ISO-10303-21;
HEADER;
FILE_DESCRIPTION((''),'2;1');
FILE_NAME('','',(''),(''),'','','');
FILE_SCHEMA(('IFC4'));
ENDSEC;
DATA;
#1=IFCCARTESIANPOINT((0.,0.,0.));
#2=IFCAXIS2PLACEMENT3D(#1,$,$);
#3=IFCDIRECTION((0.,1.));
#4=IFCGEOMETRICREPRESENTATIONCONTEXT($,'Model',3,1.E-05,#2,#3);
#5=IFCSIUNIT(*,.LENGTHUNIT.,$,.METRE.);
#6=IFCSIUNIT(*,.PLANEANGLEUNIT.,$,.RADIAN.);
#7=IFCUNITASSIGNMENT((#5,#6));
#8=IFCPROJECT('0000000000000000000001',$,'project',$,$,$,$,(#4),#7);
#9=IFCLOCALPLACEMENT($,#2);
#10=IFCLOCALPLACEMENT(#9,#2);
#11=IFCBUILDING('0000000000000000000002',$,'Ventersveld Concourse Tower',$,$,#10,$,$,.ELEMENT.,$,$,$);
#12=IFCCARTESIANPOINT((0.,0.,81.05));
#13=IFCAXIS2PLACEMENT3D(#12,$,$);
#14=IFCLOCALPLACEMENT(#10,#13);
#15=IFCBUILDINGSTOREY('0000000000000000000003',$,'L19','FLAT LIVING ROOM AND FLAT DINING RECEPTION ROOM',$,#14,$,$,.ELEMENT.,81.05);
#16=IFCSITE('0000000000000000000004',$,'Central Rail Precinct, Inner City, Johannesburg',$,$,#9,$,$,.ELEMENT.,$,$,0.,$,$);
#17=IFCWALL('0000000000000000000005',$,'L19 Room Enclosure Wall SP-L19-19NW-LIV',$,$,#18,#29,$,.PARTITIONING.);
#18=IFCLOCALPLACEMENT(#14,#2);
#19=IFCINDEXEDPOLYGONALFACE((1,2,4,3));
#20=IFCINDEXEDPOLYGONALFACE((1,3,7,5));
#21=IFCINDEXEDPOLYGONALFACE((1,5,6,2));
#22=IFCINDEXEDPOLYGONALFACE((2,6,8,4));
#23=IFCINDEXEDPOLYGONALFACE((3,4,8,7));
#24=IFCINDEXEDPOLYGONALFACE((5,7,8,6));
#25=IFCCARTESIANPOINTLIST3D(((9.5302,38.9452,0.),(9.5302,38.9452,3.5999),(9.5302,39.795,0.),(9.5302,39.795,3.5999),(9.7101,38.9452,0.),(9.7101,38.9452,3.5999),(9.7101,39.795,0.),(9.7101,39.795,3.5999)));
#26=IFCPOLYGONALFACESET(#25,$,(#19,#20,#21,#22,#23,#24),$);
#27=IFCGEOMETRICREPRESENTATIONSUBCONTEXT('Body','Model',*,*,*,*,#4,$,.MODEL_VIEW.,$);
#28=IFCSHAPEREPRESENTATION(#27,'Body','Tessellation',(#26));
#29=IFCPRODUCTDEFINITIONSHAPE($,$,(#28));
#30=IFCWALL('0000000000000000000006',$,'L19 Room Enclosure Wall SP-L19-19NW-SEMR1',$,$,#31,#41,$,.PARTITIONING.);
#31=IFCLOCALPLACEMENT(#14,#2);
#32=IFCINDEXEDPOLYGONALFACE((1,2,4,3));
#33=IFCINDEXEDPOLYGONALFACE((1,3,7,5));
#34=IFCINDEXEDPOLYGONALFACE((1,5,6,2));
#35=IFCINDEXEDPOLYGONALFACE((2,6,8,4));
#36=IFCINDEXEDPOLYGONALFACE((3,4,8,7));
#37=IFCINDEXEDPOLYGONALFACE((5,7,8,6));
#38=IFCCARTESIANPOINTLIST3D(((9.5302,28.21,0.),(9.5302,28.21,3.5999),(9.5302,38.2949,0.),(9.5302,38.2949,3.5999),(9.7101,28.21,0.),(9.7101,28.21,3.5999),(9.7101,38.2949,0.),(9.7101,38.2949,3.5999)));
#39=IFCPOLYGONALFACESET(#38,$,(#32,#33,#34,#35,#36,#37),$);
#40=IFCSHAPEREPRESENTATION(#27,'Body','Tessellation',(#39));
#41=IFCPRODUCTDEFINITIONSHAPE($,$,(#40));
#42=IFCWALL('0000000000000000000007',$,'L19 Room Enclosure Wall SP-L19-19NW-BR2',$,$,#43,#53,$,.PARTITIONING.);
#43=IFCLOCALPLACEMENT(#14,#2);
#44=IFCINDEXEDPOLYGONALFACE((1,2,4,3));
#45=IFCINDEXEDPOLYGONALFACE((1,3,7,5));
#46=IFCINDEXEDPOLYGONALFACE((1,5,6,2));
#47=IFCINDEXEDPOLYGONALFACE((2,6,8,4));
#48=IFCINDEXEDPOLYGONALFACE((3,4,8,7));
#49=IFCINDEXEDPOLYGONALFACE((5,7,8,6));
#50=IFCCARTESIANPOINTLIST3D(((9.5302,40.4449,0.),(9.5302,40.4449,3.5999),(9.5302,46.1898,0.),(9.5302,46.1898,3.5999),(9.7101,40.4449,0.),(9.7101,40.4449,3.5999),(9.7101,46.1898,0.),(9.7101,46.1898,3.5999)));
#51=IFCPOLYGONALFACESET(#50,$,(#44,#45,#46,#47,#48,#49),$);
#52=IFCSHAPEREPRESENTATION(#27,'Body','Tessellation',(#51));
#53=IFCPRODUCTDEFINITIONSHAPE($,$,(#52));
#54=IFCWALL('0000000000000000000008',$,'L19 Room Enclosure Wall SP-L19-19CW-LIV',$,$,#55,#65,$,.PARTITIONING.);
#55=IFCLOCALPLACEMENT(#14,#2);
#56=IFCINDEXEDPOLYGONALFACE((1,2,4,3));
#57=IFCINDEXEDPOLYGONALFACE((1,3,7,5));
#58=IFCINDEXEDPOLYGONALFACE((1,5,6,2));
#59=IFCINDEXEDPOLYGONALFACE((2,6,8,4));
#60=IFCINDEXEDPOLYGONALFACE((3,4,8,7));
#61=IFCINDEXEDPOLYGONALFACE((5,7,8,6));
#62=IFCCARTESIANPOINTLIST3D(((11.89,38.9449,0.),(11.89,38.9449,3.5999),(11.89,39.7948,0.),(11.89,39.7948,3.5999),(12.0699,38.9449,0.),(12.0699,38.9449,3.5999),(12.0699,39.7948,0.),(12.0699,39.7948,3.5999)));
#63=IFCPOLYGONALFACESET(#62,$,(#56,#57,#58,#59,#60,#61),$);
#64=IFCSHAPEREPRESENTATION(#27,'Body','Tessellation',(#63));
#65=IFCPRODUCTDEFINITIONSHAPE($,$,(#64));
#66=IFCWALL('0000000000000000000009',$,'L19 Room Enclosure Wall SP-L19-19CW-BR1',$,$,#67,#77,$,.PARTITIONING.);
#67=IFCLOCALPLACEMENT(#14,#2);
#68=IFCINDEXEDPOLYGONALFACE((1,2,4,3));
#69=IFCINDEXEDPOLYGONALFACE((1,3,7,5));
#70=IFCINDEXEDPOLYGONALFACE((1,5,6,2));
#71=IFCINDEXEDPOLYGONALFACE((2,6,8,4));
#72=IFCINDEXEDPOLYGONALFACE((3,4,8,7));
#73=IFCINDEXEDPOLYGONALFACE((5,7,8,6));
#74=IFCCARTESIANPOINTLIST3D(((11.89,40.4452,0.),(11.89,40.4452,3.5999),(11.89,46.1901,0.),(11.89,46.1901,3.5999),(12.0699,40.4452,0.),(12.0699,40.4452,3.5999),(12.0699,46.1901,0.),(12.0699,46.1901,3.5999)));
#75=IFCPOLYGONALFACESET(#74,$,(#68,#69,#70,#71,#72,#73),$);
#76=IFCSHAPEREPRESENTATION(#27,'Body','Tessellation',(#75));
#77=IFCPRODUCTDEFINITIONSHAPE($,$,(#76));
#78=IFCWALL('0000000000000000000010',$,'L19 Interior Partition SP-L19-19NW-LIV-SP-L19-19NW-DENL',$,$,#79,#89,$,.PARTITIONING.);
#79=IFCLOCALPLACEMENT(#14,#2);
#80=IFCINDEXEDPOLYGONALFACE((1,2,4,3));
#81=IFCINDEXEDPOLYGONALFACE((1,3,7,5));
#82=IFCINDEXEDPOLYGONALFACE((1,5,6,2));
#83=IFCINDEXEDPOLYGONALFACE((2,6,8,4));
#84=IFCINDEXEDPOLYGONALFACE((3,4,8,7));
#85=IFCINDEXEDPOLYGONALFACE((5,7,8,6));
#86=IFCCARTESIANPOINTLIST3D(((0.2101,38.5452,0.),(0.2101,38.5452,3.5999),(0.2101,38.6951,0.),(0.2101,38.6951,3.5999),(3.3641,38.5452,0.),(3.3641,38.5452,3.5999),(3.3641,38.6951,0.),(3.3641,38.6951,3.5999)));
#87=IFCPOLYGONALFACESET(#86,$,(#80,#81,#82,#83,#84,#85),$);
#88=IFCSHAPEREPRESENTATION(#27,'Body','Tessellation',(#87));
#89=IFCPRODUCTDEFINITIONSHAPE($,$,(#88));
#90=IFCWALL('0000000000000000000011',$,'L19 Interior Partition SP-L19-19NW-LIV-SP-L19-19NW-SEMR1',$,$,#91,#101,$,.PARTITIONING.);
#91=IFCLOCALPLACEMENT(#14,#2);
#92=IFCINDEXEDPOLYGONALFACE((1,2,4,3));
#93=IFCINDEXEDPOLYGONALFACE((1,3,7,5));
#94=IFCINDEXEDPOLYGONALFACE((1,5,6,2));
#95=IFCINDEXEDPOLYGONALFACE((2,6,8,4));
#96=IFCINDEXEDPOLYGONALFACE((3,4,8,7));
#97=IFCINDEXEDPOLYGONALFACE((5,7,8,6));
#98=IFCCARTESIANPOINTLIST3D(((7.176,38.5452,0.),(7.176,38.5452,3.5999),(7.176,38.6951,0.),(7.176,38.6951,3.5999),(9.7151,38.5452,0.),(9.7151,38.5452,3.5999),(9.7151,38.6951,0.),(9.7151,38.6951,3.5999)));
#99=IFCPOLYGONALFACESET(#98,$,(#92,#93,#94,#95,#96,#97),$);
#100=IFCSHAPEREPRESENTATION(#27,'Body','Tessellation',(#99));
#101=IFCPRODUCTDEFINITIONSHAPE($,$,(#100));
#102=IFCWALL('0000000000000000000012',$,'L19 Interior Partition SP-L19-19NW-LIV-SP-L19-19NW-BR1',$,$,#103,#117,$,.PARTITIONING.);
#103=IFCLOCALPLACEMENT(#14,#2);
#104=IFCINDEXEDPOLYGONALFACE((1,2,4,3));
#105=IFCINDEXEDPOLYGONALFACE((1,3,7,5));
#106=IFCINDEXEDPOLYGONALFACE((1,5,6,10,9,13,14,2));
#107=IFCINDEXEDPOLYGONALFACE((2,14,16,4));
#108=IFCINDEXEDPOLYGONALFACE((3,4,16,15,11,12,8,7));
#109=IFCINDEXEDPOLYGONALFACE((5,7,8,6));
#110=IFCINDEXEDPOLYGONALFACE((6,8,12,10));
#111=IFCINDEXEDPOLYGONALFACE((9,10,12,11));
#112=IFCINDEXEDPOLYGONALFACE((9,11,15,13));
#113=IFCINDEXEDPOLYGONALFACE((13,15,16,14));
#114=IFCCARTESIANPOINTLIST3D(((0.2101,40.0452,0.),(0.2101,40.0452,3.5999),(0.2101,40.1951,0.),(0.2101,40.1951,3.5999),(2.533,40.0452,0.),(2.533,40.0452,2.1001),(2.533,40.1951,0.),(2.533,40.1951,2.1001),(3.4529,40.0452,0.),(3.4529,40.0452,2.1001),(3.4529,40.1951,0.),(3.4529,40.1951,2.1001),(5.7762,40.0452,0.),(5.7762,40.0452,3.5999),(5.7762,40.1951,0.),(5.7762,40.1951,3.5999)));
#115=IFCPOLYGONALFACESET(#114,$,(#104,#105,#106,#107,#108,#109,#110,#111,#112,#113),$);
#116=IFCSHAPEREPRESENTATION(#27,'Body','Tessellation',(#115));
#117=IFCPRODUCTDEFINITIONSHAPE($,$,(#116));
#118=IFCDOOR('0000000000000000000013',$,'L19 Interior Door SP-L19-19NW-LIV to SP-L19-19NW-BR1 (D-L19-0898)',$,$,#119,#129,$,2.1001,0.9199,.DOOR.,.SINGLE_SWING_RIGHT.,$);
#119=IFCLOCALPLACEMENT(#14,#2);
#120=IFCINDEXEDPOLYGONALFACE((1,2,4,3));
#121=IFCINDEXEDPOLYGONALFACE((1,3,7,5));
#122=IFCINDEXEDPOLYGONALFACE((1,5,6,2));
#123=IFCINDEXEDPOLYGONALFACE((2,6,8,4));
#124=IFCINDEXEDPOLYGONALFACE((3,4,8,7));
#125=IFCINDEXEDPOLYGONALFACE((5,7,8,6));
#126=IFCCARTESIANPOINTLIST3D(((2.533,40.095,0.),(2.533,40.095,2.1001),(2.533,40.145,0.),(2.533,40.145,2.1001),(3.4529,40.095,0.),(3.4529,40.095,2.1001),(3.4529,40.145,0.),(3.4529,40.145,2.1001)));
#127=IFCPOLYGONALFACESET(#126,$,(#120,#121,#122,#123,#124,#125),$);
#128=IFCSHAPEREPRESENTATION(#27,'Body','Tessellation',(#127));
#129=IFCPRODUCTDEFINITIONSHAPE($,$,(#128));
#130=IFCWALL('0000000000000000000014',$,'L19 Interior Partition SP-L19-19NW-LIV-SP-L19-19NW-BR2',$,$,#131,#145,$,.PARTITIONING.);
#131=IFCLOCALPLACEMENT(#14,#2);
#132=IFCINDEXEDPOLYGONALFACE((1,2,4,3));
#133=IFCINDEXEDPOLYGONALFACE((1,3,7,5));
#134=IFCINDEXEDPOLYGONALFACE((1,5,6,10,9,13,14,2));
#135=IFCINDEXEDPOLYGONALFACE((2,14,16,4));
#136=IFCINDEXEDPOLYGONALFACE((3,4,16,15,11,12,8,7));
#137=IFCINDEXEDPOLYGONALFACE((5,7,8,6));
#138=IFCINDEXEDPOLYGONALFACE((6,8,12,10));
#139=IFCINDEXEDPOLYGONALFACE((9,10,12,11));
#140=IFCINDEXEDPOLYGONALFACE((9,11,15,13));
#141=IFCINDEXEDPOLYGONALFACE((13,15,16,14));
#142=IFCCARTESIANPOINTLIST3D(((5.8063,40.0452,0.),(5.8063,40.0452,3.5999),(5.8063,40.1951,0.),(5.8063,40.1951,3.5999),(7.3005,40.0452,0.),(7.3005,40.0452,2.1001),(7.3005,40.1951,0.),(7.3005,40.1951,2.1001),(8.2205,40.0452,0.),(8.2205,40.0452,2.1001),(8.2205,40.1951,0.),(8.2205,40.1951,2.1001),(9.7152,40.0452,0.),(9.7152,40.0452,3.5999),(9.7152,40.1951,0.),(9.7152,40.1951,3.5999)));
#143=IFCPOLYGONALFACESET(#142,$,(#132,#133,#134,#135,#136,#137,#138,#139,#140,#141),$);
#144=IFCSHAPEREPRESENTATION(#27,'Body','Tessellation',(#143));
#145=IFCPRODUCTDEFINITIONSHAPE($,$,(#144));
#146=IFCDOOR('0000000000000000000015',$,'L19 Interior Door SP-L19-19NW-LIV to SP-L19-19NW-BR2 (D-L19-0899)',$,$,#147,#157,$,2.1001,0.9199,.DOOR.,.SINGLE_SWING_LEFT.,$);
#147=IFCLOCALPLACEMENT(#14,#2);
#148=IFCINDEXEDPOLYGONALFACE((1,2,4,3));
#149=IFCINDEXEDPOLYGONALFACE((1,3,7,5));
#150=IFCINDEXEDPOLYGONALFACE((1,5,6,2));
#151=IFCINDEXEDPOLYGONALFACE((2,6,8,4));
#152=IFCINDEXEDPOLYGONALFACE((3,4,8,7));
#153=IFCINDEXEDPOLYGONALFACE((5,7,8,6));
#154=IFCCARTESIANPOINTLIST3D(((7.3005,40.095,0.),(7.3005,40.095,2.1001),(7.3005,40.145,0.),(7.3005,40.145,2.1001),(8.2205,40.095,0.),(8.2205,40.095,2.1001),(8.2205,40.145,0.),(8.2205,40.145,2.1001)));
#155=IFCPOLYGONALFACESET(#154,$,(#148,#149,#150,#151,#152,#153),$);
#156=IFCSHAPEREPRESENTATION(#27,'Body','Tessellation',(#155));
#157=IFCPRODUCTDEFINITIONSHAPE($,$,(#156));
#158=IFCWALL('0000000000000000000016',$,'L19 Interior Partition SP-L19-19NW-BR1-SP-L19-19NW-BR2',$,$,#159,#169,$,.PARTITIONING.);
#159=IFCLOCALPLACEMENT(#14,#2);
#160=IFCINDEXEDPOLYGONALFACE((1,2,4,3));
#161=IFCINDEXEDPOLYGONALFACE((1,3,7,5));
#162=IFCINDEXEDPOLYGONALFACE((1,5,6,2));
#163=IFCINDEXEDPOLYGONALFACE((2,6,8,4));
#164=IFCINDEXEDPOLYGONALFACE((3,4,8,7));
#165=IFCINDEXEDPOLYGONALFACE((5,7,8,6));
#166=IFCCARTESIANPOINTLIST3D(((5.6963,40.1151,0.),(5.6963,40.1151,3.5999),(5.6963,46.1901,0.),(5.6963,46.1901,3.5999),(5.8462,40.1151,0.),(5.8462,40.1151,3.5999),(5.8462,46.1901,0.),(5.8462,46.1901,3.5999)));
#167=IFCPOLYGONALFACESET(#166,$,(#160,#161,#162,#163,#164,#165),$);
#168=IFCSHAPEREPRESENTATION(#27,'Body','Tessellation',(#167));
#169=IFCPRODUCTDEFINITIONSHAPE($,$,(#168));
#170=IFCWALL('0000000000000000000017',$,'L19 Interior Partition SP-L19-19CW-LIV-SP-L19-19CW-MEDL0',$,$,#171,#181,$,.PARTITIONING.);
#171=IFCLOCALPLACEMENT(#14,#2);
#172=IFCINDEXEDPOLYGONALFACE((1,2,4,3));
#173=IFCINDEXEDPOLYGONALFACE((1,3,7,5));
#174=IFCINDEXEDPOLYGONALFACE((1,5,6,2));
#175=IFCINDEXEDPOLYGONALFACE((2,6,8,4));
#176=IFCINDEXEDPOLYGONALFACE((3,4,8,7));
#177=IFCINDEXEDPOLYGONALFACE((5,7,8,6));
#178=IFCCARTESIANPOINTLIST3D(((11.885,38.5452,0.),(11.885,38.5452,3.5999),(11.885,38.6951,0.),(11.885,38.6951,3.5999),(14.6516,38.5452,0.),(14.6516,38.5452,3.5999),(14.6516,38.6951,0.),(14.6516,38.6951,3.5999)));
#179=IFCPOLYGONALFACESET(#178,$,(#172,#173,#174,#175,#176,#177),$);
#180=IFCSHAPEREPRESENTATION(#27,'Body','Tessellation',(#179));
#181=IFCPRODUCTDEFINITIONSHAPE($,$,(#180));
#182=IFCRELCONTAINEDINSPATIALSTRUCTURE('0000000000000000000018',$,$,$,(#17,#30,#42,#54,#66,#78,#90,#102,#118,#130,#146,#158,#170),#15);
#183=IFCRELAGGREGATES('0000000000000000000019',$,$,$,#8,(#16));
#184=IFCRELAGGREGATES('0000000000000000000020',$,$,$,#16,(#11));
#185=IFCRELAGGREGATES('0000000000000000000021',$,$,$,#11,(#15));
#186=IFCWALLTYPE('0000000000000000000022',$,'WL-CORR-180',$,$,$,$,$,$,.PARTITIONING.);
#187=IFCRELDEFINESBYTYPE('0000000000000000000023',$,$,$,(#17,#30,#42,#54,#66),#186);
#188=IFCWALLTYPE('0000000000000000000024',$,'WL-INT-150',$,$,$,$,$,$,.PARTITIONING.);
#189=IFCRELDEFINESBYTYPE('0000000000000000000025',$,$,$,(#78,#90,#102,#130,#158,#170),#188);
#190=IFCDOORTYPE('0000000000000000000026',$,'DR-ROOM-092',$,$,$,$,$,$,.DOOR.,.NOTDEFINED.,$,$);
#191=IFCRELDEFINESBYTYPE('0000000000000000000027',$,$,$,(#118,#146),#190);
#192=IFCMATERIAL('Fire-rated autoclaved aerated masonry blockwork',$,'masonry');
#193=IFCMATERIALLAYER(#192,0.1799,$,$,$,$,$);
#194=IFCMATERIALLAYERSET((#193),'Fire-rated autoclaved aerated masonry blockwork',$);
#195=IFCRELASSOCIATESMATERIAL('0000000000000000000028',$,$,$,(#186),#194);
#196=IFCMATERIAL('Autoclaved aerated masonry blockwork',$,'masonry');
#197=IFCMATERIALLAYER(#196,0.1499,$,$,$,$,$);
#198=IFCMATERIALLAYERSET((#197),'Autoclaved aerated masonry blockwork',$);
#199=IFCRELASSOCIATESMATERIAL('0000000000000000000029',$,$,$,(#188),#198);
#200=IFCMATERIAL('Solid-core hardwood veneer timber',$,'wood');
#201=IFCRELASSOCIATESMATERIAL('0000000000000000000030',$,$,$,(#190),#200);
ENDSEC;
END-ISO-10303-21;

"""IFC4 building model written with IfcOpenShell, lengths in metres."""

from ifc_helpers import new_model, si_unit, direction, frame, frame_2d, origin, place, context, subcontext, project, spatial, rectangle, extrude, material, layer, layer_set, type_object, element, fill, save


model = new_model("IFC4")

# Units and contexts
model_context = context("Model", 3, precision=1e-05, world=origin(), true_north=direction((0.0, 1.0)))
body_context = subcontext(model_context, "Body", "Model", "MODEL_VIEW")
ifc_project = project(units=[si_unit("LENGTHUNIT", "METRE"), si_unit("PLANEANGLEUNIT", "RADIAN")], contexts=[model_context])

# Site, building, storey
site_placement = place(None, origin())
site = spatial("IfcSite", under=ifc_project, at=site_placement, Name="Central Rail Precinct, Inner City, Johannesburg", CompositionType="ELEMENT", RefElevation=0.0)
building_placement = place(site_placement, origin())
building = spatial("IfcBuilding", under=site, at=building_placement, Name="Ventersveld Concourse Tower", CompositionType="ELEMENT")
storey_placement = place(building_placement, frame((0.0, 0.0, 81.05)))
storey = spatial("IfcBuildingStorey", under=building, at=storey_placement, Name="L19", Description="FLAT LIVING ROOM AND FLAT DINING RECEPTION ROOM", CompositionType="ELEMENT", Elevation=81.05)

# Walls
ifc_material_1 = material(Name="Fire-rated autoclaved aerated masonry blockwork", Category="masonry")
ifc_layer_1 = layer(ifc_material_1, 0.1799)
ifc_layer_set_1 = layer_set([ifc_layer_1], Name="Fire-rated autoclaved aerated masonry blockwork")
wall_type_1 = type_object("IfcWallType", Name="WL-CORR-180", PredefinedType="PARTITIONING", material=ifc_layer_set_1)
wall_1_placement = place(storey_placement, frame((9.6201, 39.7949, 0.0), z_axis=(0.0, 0.0, 1.0), x_axis=(0.0, -1.0, 0.0)))
element("IfcWall", 1, at=wall_1_placement, inside=storey, type_object=wall_type_1, Name="L19 Room Enclosure Wall SP-L19-19NW-LIV", PredefinedType="PARTITIONING", context=body_context, shape_type="SweptSolid", body=[
    extrude(rectangle(XDim=0.8499, YDim=0.1799, at=frame_2d((0.4248, 0.0))), origin(), (0.0, 0.0, 1.0), 3.5999),
])
wall_2_placement = place(storey_placement, frame((9.6201, 38.2949, 0.0), z_axis=(0.0, 0.0, 1.0), x_axis=(0.0, -1.0, 0.0)))
element("IfcWall", 2, at=wall_2_placement, inside=storey, type_object=wall_type_1, Name="L19 Room Enclosure Wall SP-L19-19NW-SEMR1", PredefinedType="PARTITIONING", context=body_context, shape_type="SweptSolid", body=[
    extrude(rectangle(XDim=10.085, YDim=0.1799, at=frame_2d((5.0425, 0.0))), origin(), (0.0, 0.0, 1.0), 3.5999),
])
wall_3_placement = place(storey_placement, frame((9.6201, 46.1899, 0.0), z_axis=(0.0, 0.0, 1.0), x_axis=(0.0, -1.0, 0.0)))
element("IfcWall", 3, at=wall_3_placement, inside=storey, type_object=wall_type_1, Name="L19 Room Enclosure Wall SP-L19-19NW-BR2", PredefinedType="PARTITIONING", context=body_context, shape_type="SweptSolid", body=[
    extrude(rectangle(XDim=5.7449, YDim=0.1799, at=frame_2d((2.8726, 0.0))), origin(), (0.0, 0.0, 1.0), 3.5999),
])
wall_4_placement = place(storey_placement, frame((11.98, 38.9451, 0.0), z_axis=(0.0, 0.0, 1.0), x_axis=(0.0, 1.0, 0.0)))
element("IfcWall", 4, at=wall_4_placement, inside=storey, type_object=wall_type_1, Name="L19 Room Enclosure Wall SP-L19-19CW-LIV", PredefinedType="PARTITIONING", context=body_context, shape_type="SweptSolid", body=[
    extrude(rectangle(XDim=0.8499, YDim=0.1799, at=frame_2d((0.4248, 0.0))), origin(), (0.0, 0.0, 1.0), 3.5999),
])
wall_5_placement = place(storey_placement, frame((11.98, 40.4451, 0.0), z_axis=(0.0, 0.0, 1.0), x_axis=(0.0, 1.0, 0.0)))
element("IfcWall", 5, at=wall_5_placement, inside=storey, type_object=wall_type_1, Name="L19 Room Enclosure Wall SP-L19-19CW-BR1", PredefinedType="PARTITIONING", context=body_context, shape_type="SweptSolid", body=[
    extrude(rectangle(XDim=5.7449, YDim=0.1799, at=frame_2d((2.8726, 0.0))), origin(), (0.0, 0.0, 1.0), 3.5999),
])
ifc_material_2 = material(Name="Autoclaved aerated masonry blockwork", Category="masonry")
ifc_layer_2 = layer(ifc_material_2, 0.1499)
ifc_layer_set_2 = layer_set([ifc_layer_2], Name="Autoclaved aerated masonry blockwork")
wall_type_2 = type_object("IfcWallType", Name="WL-INT-150", PredefinedType="PARTITIONING", material=ifc_layer_set_2)
wall_6_placement = place(storey_placement, frame((0.21, 38.6201, 0.0), z_axis=(0.0, 0.0, 1.0), x_axis=(1.0, 0.0, 0.0)))
element("IfcWall", 6, at=wall_6_placement, inside=storey, type_object=wall_type_2, Name="L19 Interior Partition SP-L19-19NW-LIV-SP-L19-19NW-DENL", PredefinedType="PARTITIONING", context=body_context, shape_type="SweptSolid", body=[
    extrude(rectangle(XDim=3.1541, YDim=0.1499, at=frame_2d((1.5771, 0.0))), origin(), (0.0, 0.0, 1.0), 3.5999),
])
wall_7_placement = place(storey_placement, frame((7.176, 38.6201, 0.0), z_axis=(0.0, 0.0, 1.0), x_axis=(1.0, 0.0, 0.0)))
element("IfcWall", 7, at=wall_7_placement, inside=storey, type_object=wall_type_2, Name="L19 Interior Partition SP-L19-19NW-LIV-SP-L19-19NW-SEMR1", PredefinedType="PARTITIONING", context=body_context, shape_type="SweptSolid", body=[
    extrude(rectangle(XDim=2.5391, YDim=0.1499, at=frame_2d((1.2695, 0.0))), origin(), (0.0, 0.0, 1.0), 3.5999),
])

# Walls, openings, doors
wall_8_placement = place(storey_placement, frame((0.21, 40.1201, 0.0), z_axis=(0.0, 0.0, 1.0), x_axis=(1.0, 0.0, 0.0)))
wall_8 = element("IfcWall", 8, at=wall_8_placement, inside=storey, type_object=wall_type_2, Name="L19 Interior Partition SP-L19-19NW-LIV-SP-L19-19NW-BR1", PredefinedType="PARTITIONING", context=body_context, shape_type="SweptSolid", body=[
    extrude(rectangle(XDim=5.5662, YDim=0.1499, at=frame_2d((2.7832, 0.0))), origin(), (0.0, 0.0, 1.0), 3.5999),
])
opening_1_placement = place(wall_8_placement, frame((2.323, 0.0, 0.0)))
opening_1 = element("IfcOpeningElement", 9, at=opening_1_placement, cuts=wall_8, PredefinedType="OPENING", context=body_context, shape_type="SweptSolid", body=[
    extrude(rectangle(XDim=0.9199, YDim=2.1001, at=frame_2d((0.46, 1.05))), frame((0.0, 0.085, 0.0), z_axis=(0.0, -1.0, 0.0), x_axis=(1.0, 0.0, 0.0)), (0.0, 0.0, 1.0), 0.1699),
])
ifc_material_3 = material(Name="Solid-core hardwood veneer timber", Category="wood")
door_type = type_object("IfcDoorType", Name="DR-ROOM-092", OperationType="NOTDEFINED", PredefinedType="DOOR", material=ifc_material_3)
door_1_placement = place(opening_1_placement, origin())
door_1 = element("IfcDoor", 10, at=door_1_placement, inside=storey, type_object=door_type, Name="L19 Interior Door SP-L19-19NW-LIV to SP-L19-19NW-BR1 (D-L19-0898)", OperationType="SINGLE_SWING_RIGHT", OverallHeight=2.1001, OverallWidth=0.9199, PredefinedType="DOOR", context=body_context, shape_type="SweptSolid", body=[
    extrude(rectangle(XDim=0.9199, YDim=2.1001, at=frame_2d((0.46, 1.05))), frame((0.0, 0.0249, 0.0), z_axis=(0.0, -1.0, 0.0), x_axis=(1.0, 0.0, 0.0)), (0.0, 0.0, 1.0), 0.05),
])
fill(opening_1, door_1)
wall_9_placement = place(storey_placement, frame((5.8062, 40.1201, 0.0), z_axis=(0.0, 0.0, 1.0), x_axis=(1.0, 0.0, 0.0)))
wall_9 = element("IfcWall", 11, at=wall_9_placement, inside=storey, type_object=wall_type_2, Name="L19 Interior Partition SP-L19-19NW-LIV-SP-L19-19NW-BR2", PredefinedType="PARTITIONING", context=body_context, shape_type="SweptSolid", body=[
    extrude(rectangle(XDim=3.9089, YDim=0.1499, at=frame_2d((1.9546, 0.0))), origin(), (0.0, 0.0, 1.0), 3.5999),
])
opening_2_placement = place(wall_9_placement, frame((1.4944, 0.0, 0.0)))
opening_2 = element("IfcOpeningElement", 12, at=opening_2_placement, cuts=wall_9, PredefinedType="OPENING", context=body_context, shape_type="SweptSolid", body=[
    extrude(rectangle(XDim=0.9199, YDim=2.1001, at=frame_2d((0.46, 1.05))), frame((0.0, 0.085, 0.0), z_axis=(0.0, -1.0, 0.0), x_axis=(1.0, 0.0, 0.0)), (0.0, 0.0, 1.0), 0.1699),
])
door_2_placement = place(opening_2_placement, origin())
door_2 = element("IfcDoor", 13, at=door_2_placement, inside=storey, type_object=door_type, Name="L19 Interior Door SP-L19-19NW-LIV to SP-L19-19NW-BR2 (D-L19-0899)", OperationType="SINGLE_SWING_LEFT", OverallHeight=2.1001, OverallWidth=0.9199, PredefinedType="DOOR", context=body_context, shape_type="SweptSolid", body=[
    extrude(rectangle(XDim=0.9199, YDim=2.1001, at=frame_2d((0.46, 1.05))), frame((0.0, 0.0249, 0.0), z_axis=(0.0, -1.0, 0.0), x_axis=(1.0, 0.0, 0.0)), (0.0, 0.0, 1.0), 0.05),
])
fill(opening_2, door_2)

# Walls
wall_10_placement = place(storey_placement, frame((5.7712, 40.115, 0.0), z_axis=(0.0, 0.0, 1.0), x_axis=(0.0, 1.0, 0.0)))
element("IfcWall", 14, at=wall_10_placement, inside=storey, type_object=wall_type_2, Name="L19 Interior Partition SP-L19-19NW-BR1-SP-L19-19NW-BR2", PredefinedType="PARTITIONING", context=body_context, shape_type="SweptSolid", body=[
    extrude(rectangle(XDim=6.075, YDim=0.1499, at=frame_2d((3.0376, 0.0))), origin(), (0.0, 0.0, 1.0), 3.5999),
])
wall_11_placement = place(storey_placement, frame((11.885, 38.6201, 0.0), z_axis=(0.0, 0.0, 1.0), x_axis=(1.0, 0.0, 0.0)))
element("IfcWall", 15, at=wall_11_placement, inside=storey, type_object=wall_type_2, Name="L19 Interior Partition SP-L19-19CW-LIV-SP-L19-19CW-MEDL0", PredefinedType="PARTITIONING", context=body_context, shape_type="SweptSolid", body=[
    extrude(rectangle(XDim=2.7666, YDim=0.1499, at=frame_2d((1.3833, 0.0))), origin(), (0.0, 0.0, 1.0), 3.5999),
])

save(model, "model.ifc")
